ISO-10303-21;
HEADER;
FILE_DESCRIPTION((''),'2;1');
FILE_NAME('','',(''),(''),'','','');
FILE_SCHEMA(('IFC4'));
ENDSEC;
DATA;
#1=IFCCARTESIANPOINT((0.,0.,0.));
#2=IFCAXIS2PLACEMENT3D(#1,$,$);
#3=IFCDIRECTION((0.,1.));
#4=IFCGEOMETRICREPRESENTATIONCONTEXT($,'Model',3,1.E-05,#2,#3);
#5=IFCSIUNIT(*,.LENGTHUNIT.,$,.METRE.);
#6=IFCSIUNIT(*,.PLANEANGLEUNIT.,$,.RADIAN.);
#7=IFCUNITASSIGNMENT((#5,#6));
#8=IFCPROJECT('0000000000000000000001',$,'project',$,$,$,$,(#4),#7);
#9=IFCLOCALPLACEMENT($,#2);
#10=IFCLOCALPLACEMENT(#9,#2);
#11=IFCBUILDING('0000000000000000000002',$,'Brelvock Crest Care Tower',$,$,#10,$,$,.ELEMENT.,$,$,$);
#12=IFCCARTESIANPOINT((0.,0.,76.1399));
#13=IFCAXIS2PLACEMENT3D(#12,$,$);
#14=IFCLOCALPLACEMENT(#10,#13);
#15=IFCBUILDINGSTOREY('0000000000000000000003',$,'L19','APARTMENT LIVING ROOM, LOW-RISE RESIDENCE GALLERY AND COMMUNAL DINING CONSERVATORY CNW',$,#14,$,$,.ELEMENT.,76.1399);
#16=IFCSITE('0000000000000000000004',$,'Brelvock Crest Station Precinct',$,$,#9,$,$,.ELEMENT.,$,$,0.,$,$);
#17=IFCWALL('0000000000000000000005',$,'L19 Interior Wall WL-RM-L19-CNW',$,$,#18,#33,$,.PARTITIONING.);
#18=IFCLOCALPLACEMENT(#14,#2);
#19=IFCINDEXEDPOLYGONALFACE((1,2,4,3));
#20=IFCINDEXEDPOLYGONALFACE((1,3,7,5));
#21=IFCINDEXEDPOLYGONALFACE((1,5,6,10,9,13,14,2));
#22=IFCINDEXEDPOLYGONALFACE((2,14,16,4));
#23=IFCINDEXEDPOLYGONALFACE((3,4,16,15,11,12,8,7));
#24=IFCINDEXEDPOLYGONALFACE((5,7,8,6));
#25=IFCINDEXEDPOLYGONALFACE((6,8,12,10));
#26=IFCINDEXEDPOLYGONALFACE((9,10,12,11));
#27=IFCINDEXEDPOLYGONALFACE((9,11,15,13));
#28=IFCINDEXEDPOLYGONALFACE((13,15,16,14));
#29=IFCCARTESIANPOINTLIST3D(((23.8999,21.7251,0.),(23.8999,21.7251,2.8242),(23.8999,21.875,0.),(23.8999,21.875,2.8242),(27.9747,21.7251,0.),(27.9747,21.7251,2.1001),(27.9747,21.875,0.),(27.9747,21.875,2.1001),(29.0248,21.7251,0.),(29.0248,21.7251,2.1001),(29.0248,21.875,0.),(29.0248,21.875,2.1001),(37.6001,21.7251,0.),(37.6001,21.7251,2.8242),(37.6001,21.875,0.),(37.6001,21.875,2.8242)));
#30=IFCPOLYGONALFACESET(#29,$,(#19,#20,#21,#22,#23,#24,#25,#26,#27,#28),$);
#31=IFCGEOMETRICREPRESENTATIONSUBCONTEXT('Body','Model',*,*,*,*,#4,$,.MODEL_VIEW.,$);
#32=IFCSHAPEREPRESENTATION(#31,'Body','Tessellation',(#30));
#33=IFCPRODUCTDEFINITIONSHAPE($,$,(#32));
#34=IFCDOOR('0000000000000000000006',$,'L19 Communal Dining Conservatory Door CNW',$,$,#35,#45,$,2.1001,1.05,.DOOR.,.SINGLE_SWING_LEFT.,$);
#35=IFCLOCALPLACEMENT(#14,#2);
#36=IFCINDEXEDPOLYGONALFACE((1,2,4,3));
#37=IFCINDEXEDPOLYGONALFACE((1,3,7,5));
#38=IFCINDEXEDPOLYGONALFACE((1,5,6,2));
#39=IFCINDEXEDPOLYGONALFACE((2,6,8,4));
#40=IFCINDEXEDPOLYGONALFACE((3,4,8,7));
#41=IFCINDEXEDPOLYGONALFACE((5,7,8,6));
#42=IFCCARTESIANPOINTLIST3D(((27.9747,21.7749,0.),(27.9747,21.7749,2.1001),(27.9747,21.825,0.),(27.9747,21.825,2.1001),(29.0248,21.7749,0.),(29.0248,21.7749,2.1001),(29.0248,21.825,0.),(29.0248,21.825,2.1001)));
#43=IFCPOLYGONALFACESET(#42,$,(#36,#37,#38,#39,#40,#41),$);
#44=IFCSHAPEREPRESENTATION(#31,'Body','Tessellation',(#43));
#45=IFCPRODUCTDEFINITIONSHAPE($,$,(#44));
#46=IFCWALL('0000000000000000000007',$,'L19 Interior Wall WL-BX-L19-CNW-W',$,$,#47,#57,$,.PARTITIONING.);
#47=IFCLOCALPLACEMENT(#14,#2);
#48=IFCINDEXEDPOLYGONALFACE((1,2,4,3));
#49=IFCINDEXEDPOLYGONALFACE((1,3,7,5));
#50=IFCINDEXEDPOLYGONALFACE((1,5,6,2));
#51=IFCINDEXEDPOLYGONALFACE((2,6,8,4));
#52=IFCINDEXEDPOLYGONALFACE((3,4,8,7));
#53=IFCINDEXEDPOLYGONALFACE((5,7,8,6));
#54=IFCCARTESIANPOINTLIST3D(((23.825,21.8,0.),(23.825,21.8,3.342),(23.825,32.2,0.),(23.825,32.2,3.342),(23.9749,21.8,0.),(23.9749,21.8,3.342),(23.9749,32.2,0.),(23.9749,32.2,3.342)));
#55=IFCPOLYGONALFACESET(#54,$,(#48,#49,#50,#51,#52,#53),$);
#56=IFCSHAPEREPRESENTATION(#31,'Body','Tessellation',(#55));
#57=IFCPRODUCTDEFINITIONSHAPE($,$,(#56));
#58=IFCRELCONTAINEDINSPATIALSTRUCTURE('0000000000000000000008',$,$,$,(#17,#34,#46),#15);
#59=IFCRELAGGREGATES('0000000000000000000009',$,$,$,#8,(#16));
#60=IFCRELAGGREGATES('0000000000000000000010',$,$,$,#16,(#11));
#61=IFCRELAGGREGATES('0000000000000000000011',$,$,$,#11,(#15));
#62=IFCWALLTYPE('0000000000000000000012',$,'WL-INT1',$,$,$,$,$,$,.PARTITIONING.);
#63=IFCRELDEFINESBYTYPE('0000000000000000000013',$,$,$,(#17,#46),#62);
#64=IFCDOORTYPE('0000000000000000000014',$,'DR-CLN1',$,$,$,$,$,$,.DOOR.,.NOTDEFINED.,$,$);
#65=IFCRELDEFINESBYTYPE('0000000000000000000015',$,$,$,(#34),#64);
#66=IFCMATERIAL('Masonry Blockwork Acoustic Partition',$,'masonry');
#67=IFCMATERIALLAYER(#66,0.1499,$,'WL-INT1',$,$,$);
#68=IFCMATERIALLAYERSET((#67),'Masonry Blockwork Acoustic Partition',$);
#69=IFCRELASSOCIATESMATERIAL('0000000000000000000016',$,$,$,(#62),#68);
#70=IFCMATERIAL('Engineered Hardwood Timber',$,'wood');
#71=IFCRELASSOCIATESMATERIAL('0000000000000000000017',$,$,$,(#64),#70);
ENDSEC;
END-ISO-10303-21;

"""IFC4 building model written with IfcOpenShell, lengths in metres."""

from ifc_helpers import new_model, si_unit, direction, frame, frame_2d, origin, origin_2d, place, context, subcontext, project, spatial, rectangle, extrude, source, transform, mapped, material, layer, layer_set, type_object, element, fill, save


model = new_model("IFC4")

# Units and contexts
model_context = context("Model", 3, precision=1e-05, world=origin(), true_north=direction((0.0, 1.0)))
body_context = subcontext(model_context, "Body", "Model", "MODEL_VIEW")
ifc_project = project(units=[si_unit("LENGTHUNIT", "METRE"), si_unit("PLANEANGLEUNIT", "RADIAN")], contexts=[model_context])

# Site, building, storey
site_placement = place(None, origin())
site = spatial("IfcSite", under=ifc_project, at=site_placement, Name="Brelvock Crest Station Precinct", CompositionType="ELEMENT", RefElevation=0.0)
building_placement = place(site_placement, origin())
building = spatial("IfcBuilding", under=site, at=building_placement, Name="Brelvock Crest Care Tower", CompositionType="ELEMENT")
storey_placement = place(building_placement, frame((0.0, 0.0, 76.1399)))
storey = spatial("IfcBuildingStorey", under=building, at=storey_placement, Name="L19", Description="APARTMENT LIVING ROOM, LOW-RISE RESIDENCE GALLERY AND COMMUNAL DINING CONSERVATORY CNW", CompositionType="ELEMENT", Elevation=76.1399)

# Wall, opening, door
ifc_material_1 = material(Name="Masonry Blockwork Acoustic Partition", Category="masonry")
ifc_layer = layer(ifc_material_1, 0.1499, Name="WL-INT1")
ifc_layer_set = layer_set([ifc_layer], Name="Masonry Blockwork Acoustic Partition")
wall_type = type_object("IfcWallType", Name="WL-INT1", PredefinedType="PARTITIONING", material=ifc_layer_set)
wall_1_placement = place(storey_placement, frame((23.8999, 21.8, 0.0), z_axis=(0.0, 0.0, 1.0), x_axis=(1.0, 0.0, 0.0)))
wall_1 = element("IfcWall", 1, at=wall_1_placement, inside=storey, type_object=wall_type, Name="L19 Interior Wall WL-RM-L19-CNW", PredefinedType="PARTITIONING", context=body_context, shape_type="SweptSolid", body=[
    extrude(rectangle(XDim=13.7002, YDim=0.1499, at=frame_2d((6.8501, 0.0))), origin(), (0.0, 0.0, 1.0), 2.8242),
])
opening_placement = place(wall_1_placement, frame((4.075, 0.0, 0.0)))
opening = element("IfcOpeningElement", 2, at=opening_placement, cuts=wall_1, PredefinedType="OPENING", context=body_context, shape_type="SweptSolid", body=[
    extrude(rectangle(XDim=1.05, YDim=2.1001, at=origin_2d()), frame((0.5249, 0.085, 1.05), z_axis=(0.0, -1.0, 0.0), x_axis=(1.0, 0.0, 0.0)), (0.0, 0.0, 1.0), 0.1699),
])
ifc_material_2 = material(Name="Engineered Hardwood Timber", Category="wood")
door_type = type_object("IfcDoorType", Name="DR-CLN1", OperationType="NOTDEFINED", PredefinedType="DOOR", material=ifc_material_2)
shared_shape_1 = source(origin(), body_context, "Body", "SweptSolid", [
    extrude(rectangle(XDim=1.05, YDim=2.1001, at=origin_2d()), frame((0.5249, 0.0249, 1.05), z_axis=(0.0, -1.0, 0.0), x_axis=(1.0, 0.0, 0.0)), (0.0, 0.0, 1.0), 0.05),
])
door_placement = place(opening_placement, origin())
door = element("IfcDoor", 3, at=door_placement, inside=storey, type_object=door_type, Name="L19 Communal Dining Conservatory Door CNW", OperationType="SINGLE_SWING_LEFT", OverallHeight=2.1001, OverallWidth=1.05, PredefinedType="DOOR", context=body_context, shape_type="MappedRepresentation", body=[
    mapped(shared_shape_1, transform((0.0, 0.0, 0.0), x_axis=(1.0, 0.0, 0.0), y_axis=(0.0, 1.0, 0.0), z_axis=(0.0, 0.0, 1.0), scale=1.0)),
])
fill(opening, door)

# Wall
wall_2_placement = place(storey_placement, frame((23.8999, 21.8, 0.0), z_axis=(0.0, 0.0, 1.0), x_axis=(0.0, 1.0, 0.0)))
element("IfcWall", 4, at=wall_2_placement, inside=storey, type_object=wall_type, Name="L19 Interior Wall WL-BX-L19-CNW-W", PredefinedType="PARTITIONING", context=body_context, shape_type="SweptSolid", body=[
    extrude(rectangle(XDim=10.3999, YDim=0.1499, at=frame_2d((5.2, 0.0))), origin(), (0.0, 0.0, 1.0), 3.342),
])

save(model, "model.ifc")
